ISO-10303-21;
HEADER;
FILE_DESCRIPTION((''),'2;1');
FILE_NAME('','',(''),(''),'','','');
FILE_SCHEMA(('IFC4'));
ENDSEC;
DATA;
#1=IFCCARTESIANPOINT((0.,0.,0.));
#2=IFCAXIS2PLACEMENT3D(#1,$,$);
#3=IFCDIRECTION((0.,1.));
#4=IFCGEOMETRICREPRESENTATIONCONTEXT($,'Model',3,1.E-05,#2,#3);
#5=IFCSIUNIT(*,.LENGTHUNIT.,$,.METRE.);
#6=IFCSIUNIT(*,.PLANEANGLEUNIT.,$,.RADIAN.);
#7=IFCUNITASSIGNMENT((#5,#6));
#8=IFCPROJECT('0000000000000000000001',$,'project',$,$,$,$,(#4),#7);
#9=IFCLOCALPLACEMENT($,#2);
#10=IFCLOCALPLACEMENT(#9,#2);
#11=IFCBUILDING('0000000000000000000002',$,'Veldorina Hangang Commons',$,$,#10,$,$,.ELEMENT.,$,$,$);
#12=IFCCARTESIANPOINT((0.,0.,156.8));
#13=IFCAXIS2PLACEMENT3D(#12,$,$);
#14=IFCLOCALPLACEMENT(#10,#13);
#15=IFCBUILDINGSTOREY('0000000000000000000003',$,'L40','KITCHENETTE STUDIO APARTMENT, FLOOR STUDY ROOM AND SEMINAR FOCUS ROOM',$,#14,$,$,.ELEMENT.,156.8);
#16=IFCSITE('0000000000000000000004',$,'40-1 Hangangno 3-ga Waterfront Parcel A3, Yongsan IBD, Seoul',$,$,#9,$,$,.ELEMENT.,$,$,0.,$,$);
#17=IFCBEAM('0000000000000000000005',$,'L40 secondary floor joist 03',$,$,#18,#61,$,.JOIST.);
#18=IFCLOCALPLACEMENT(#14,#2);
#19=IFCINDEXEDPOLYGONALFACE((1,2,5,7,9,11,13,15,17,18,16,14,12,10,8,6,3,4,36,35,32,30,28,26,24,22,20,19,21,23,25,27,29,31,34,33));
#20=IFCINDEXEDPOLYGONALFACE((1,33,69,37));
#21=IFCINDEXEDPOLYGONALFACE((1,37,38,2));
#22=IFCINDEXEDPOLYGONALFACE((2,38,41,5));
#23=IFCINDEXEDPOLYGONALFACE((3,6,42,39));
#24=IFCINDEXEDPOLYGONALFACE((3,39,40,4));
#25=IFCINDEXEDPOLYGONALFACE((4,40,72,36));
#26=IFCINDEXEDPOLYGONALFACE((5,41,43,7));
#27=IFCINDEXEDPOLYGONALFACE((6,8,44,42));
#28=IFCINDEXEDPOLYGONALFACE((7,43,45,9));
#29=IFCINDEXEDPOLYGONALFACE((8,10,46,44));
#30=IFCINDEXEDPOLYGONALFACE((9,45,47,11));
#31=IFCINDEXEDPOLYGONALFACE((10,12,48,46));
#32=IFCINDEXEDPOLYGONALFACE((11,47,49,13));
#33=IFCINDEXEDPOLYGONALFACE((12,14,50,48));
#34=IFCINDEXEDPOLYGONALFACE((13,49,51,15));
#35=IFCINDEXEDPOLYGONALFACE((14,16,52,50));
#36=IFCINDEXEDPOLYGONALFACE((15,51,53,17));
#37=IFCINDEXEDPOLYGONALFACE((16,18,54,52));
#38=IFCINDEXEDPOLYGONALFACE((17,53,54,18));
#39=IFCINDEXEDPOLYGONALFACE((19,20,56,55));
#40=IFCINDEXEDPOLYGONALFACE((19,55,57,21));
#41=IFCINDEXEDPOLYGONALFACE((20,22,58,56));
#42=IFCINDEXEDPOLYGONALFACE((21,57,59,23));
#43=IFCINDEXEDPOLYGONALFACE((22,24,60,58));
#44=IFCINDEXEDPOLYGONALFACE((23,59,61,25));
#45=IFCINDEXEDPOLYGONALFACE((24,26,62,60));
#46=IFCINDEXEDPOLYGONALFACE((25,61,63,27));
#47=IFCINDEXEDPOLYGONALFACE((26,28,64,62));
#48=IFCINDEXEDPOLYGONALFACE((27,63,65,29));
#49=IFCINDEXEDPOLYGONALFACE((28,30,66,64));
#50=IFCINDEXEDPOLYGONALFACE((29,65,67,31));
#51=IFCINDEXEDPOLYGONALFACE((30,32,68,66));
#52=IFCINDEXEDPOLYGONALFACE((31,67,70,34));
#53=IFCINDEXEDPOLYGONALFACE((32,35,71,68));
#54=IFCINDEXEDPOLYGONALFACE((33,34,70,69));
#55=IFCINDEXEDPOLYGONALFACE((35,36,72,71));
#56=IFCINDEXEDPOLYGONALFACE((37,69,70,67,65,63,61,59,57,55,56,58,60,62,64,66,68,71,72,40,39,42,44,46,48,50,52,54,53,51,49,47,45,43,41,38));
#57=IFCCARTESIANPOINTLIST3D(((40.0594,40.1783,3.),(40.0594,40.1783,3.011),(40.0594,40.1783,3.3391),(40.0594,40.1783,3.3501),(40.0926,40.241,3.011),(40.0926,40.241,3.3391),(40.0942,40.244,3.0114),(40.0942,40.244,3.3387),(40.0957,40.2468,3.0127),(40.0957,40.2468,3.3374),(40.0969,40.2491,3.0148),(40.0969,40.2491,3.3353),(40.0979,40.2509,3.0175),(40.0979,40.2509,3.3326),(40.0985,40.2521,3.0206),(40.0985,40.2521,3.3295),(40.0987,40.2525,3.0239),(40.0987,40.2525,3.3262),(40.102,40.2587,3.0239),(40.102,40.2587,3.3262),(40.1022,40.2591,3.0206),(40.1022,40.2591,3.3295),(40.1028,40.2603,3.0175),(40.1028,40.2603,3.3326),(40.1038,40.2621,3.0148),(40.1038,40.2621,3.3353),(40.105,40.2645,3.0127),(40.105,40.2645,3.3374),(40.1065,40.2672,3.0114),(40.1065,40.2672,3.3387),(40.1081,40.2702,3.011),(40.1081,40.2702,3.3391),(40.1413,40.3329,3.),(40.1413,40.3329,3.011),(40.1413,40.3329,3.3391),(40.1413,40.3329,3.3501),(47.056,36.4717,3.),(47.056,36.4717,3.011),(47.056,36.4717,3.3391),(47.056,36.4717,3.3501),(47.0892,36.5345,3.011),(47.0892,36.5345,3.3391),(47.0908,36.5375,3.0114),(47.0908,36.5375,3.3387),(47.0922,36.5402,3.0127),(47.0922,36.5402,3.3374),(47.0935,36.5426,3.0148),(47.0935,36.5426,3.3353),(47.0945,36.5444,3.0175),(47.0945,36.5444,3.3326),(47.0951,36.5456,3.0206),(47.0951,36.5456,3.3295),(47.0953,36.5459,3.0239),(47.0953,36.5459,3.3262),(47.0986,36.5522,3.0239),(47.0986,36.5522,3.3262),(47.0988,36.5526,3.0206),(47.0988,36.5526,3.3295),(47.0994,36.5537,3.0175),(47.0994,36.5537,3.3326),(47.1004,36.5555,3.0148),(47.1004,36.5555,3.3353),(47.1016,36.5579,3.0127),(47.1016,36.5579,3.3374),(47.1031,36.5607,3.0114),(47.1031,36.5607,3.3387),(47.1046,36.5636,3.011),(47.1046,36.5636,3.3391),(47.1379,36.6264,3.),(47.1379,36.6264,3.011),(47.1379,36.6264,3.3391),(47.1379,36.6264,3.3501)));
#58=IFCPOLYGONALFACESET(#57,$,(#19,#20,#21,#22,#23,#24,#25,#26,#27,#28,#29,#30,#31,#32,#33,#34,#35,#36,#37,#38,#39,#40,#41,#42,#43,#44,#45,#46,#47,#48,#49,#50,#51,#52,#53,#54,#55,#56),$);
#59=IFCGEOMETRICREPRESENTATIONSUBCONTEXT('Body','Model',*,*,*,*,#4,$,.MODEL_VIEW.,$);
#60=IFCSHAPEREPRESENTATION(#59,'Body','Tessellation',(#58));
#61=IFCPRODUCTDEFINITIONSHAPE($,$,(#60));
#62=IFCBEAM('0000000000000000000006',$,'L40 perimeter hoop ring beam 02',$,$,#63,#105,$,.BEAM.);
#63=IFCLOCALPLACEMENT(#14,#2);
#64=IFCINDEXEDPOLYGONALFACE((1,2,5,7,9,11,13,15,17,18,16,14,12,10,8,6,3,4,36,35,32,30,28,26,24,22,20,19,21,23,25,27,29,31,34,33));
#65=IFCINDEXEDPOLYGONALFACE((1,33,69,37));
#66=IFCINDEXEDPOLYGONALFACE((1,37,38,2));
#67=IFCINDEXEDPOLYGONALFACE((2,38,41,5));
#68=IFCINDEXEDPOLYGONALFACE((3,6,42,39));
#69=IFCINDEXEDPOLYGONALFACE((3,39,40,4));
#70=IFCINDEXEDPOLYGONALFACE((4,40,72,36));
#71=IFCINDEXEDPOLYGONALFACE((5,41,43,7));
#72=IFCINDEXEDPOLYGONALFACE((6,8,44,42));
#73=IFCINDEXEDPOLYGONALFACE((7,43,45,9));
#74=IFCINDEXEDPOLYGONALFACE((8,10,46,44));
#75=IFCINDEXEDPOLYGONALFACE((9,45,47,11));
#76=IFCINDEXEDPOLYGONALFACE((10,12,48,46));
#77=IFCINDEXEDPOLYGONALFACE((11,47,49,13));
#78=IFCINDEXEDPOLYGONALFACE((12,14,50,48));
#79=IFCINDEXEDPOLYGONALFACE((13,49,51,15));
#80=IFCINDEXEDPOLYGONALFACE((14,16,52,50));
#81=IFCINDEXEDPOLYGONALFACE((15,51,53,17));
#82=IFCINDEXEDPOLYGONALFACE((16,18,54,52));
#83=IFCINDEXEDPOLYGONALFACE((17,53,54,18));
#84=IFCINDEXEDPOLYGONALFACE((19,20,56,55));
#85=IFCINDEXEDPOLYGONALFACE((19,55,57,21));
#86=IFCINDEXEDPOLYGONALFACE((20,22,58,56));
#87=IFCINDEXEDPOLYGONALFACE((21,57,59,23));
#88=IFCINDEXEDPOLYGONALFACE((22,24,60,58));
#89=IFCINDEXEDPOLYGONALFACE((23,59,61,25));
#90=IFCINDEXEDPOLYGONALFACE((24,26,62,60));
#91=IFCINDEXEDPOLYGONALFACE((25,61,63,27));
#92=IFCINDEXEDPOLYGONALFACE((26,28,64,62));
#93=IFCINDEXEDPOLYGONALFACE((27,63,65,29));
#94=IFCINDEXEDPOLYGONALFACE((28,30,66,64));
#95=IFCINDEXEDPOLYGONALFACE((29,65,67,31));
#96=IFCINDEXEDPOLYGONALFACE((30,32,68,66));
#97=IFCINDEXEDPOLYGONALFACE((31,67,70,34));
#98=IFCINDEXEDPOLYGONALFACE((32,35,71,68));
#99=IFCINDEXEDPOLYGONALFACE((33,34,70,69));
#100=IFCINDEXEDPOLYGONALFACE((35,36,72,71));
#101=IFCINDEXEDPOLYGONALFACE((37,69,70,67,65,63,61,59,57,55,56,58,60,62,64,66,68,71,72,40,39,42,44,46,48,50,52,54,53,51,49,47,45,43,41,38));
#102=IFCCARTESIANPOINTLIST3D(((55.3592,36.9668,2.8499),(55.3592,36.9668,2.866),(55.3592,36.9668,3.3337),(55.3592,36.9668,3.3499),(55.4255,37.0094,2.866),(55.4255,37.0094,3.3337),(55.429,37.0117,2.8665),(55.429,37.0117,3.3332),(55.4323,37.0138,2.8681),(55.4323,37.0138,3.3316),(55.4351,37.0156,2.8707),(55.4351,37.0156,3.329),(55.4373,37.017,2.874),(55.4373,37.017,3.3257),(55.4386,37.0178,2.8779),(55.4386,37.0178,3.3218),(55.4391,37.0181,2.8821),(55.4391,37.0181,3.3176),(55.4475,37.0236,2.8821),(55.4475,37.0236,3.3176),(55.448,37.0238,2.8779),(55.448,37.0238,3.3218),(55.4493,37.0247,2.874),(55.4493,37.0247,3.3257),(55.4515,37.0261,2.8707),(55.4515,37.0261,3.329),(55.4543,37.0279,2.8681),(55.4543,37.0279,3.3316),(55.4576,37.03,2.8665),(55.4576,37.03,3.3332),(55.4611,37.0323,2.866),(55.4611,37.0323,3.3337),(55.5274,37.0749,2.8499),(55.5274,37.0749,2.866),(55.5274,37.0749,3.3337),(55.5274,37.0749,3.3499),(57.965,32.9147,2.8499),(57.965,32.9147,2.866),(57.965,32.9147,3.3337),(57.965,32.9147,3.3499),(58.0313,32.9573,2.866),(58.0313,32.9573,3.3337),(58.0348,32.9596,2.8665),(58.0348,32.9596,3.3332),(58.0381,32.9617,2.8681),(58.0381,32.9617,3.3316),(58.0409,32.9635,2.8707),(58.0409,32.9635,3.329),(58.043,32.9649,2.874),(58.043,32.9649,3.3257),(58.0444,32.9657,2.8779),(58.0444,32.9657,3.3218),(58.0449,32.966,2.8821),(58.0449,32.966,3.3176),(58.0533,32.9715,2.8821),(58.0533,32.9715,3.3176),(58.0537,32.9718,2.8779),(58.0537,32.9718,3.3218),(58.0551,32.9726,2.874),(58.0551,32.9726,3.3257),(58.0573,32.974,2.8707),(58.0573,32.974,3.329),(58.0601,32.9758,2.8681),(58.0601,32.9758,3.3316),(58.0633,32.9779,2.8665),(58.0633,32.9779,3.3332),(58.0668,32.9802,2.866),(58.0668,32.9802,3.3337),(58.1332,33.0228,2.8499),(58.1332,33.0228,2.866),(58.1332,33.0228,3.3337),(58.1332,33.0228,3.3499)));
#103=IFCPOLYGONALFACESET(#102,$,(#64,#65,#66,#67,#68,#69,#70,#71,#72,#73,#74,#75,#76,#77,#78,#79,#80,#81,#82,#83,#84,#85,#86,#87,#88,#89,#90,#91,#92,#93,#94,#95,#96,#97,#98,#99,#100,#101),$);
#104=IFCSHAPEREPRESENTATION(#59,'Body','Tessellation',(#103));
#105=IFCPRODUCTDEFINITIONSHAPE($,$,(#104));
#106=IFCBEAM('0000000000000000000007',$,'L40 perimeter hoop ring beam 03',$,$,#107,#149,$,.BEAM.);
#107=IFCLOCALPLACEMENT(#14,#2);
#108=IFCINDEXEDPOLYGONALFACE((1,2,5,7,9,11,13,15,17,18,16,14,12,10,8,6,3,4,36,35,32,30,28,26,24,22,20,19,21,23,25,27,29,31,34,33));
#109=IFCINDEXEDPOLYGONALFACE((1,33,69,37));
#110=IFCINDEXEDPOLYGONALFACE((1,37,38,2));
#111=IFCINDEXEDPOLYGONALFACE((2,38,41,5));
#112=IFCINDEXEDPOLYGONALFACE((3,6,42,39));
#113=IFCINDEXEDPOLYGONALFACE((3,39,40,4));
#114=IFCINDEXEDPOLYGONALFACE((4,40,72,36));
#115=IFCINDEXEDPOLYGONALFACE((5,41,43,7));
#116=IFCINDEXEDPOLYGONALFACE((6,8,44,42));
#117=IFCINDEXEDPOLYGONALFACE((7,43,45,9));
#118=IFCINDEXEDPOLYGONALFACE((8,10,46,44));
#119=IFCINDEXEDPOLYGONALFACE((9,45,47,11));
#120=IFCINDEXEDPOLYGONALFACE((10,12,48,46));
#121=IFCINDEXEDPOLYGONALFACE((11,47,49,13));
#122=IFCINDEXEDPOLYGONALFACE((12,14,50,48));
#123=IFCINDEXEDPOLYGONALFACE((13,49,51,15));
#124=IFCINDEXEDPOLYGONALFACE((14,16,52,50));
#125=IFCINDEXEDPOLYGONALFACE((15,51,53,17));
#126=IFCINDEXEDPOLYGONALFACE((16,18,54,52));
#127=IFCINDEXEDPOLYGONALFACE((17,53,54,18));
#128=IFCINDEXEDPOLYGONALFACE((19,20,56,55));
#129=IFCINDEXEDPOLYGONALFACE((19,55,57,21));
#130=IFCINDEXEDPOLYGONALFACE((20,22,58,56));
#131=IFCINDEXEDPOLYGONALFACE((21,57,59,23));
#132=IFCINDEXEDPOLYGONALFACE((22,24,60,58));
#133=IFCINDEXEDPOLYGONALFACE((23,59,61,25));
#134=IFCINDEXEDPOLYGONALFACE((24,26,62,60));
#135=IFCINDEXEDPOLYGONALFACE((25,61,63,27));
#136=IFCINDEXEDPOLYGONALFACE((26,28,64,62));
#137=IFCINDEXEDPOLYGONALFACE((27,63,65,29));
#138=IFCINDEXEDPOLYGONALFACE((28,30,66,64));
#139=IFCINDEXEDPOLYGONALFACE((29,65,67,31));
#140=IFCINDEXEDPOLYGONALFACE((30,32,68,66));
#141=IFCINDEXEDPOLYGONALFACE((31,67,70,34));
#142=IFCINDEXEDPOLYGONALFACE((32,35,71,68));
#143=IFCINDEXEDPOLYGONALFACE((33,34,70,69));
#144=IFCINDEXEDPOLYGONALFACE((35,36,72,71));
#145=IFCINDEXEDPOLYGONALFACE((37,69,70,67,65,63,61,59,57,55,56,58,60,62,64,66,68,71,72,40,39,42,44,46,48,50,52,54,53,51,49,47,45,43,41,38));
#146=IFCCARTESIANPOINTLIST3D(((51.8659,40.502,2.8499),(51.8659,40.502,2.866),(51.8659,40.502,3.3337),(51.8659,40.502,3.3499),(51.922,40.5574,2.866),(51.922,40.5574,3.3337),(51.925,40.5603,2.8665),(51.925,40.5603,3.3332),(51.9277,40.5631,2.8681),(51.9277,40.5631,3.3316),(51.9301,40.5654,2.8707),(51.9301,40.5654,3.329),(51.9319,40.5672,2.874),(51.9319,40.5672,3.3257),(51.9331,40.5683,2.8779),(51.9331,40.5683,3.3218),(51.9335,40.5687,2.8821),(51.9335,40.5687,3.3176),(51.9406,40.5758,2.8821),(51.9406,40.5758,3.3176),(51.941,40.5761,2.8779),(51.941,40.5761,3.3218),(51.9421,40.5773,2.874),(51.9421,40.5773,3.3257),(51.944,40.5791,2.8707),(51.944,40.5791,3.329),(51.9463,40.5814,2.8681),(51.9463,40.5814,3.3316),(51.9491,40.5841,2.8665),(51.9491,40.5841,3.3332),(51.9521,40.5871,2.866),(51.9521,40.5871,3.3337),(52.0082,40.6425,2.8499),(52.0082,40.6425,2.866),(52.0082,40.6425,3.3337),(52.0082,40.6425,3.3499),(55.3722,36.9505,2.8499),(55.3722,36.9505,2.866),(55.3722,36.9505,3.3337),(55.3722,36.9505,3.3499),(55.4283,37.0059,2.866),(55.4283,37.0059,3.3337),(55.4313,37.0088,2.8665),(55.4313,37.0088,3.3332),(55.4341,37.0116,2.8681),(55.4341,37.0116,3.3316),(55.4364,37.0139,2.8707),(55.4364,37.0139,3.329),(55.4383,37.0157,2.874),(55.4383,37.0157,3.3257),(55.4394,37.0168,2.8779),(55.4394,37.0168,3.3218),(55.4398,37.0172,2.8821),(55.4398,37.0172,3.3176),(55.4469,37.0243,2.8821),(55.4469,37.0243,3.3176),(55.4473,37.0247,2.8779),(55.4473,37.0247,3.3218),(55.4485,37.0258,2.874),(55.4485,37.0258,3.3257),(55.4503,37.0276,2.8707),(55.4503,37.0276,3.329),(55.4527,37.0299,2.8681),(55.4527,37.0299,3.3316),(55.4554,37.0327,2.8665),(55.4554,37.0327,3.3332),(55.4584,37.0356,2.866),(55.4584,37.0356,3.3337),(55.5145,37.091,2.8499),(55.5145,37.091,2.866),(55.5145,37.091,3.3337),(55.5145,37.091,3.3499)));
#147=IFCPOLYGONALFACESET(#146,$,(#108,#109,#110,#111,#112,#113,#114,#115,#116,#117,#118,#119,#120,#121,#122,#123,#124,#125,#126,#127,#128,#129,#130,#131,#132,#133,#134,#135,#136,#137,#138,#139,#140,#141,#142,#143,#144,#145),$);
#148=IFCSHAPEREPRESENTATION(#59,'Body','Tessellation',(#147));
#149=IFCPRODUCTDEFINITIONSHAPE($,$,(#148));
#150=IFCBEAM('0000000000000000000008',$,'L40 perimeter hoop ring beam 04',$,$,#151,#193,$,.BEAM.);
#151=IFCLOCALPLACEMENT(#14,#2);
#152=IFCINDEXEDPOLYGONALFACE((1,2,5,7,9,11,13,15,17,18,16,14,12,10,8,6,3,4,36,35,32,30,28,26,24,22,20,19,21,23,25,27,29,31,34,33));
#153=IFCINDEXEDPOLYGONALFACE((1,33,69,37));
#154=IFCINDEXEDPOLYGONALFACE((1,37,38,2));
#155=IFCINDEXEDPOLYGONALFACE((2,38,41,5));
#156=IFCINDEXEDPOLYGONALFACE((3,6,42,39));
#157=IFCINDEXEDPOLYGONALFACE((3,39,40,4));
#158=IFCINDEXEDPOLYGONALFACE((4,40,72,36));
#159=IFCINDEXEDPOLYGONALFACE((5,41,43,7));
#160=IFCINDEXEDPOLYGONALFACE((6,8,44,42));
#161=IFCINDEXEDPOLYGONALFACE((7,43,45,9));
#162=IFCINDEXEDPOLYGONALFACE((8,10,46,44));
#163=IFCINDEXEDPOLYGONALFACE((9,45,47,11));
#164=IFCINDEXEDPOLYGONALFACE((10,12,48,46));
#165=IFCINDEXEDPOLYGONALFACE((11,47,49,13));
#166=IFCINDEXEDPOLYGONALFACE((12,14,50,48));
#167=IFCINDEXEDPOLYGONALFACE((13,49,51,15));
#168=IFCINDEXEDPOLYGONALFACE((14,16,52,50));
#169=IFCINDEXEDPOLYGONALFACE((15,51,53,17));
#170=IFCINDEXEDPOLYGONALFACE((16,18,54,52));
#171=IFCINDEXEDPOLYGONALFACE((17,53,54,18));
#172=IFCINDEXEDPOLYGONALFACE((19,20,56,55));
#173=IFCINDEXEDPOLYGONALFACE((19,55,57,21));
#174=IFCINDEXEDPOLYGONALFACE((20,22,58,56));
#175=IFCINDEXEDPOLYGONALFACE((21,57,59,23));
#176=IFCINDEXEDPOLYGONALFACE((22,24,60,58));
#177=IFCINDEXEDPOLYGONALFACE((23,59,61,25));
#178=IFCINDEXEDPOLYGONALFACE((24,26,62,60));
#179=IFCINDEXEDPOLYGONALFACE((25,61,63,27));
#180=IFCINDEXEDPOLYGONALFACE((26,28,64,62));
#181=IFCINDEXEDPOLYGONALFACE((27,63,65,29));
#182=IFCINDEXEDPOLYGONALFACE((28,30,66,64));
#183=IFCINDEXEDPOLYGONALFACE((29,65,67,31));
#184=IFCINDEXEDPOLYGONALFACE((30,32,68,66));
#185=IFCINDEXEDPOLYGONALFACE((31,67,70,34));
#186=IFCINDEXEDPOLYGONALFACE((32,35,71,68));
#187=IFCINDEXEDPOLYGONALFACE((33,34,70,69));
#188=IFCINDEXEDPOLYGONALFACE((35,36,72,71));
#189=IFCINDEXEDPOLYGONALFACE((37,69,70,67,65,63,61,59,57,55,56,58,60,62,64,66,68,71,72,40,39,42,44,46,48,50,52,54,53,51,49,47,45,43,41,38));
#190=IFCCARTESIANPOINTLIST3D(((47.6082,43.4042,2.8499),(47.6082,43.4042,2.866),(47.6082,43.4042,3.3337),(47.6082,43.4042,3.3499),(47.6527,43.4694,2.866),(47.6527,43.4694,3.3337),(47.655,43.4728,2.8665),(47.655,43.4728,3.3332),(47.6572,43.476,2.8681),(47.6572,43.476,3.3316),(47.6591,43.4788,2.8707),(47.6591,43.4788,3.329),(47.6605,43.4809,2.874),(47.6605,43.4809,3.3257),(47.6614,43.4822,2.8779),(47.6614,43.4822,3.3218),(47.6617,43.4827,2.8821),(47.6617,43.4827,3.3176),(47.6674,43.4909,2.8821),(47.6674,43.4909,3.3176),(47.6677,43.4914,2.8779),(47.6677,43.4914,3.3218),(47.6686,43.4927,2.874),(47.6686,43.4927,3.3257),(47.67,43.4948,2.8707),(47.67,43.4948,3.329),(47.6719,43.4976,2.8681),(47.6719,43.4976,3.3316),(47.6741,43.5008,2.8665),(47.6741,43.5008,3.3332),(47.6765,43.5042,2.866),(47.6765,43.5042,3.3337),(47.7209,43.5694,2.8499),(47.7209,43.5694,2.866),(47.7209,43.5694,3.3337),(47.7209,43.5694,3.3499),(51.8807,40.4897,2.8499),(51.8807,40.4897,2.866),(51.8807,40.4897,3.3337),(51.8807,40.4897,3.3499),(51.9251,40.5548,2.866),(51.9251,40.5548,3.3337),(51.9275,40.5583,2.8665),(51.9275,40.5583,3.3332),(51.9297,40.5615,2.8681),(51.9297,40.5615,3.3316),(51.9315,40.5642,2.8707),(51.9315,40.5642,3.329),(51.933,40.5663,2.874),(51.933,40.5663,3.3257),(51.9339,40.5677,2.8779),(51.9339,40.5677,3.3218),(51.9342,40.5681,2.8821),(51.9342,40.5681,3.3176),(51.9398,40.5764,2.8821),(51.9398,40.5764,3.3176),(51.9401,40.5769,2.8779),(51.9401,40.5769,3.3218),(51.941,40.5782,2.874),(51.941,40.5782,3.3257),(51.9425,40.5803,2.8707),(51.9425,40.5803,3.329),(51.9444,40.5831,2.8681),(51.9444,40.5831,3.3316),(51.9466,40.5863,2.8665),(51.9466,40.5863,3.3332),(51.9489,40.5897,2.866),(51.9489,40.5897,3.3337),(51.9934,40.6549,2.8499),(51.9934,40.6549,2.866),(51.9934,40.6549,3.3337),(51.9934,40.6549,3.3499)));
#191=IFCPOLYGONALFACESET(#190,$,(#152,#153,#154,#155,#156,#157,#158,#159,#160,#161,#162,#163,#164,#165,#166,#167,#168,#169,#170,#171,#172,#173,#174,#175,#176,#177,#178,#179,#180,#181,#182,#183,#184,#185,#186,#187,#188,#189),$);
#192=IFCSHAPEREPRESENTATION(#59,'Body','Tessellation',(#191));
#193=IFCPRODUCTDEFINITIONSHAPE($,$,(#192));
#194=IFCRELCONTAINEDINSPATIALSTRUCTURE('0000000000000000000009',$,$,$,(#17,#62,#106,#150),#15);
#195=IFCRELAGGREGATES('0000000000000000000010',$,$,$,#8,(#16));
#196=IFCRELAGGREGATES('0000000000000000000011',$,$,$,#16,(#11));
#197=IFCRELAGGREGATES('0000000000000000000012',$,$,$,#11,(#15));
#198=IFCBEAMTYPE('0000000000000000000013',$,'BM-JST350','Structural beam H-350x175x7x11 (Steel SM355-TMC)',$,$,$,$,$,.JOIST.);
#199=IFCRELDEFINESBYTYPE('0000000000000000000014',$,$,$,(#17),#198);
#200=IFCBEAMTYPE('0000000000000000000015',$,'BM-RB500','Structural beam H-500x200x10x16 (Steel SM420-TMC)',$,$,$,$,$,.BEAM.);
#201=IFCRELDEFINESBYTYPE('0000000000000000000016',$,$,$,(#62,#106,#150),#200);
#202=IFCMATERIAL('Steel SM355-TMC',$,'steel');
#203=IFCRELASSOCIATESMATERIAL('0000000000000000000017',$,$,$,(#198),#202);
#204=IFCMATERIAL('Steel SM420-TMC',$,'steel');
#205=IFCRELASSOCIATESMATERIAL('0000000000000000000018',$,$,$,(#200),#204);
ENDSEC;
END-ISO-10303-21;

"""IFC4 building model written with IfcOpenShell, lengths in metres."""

from ifc_helpers import new_model, si_unit, direction, frame, origin, origin_2d, place, context, subcontext, project, spatial, i_section, extrude, material, material_profile, profile_set, type_object, element, save


model = new_model("IFC4")

# Units and contexts
model_context = context("Model", 3, precision=1e-05, world=origin(), true_north=direction((0.0, 1.0)))
body_context = subcontext(model_context, "Body", "Model", "MODEL_VIEW")
ifc_project = project(units=[si_unit("LENGTHUNIT", "METRE"), si_unit("PLANEANGLEUNIT", "RADIAN")], contexts=[model_context])

# Site, building, storey
site_placement = place(None, origin())
site = spatial("IfcSite", under=ifc_project, at=site_placement, Name="40-1 Hangangno 3-ga Waterfront Parcel A3, Yongsan IBD, Seoul", CompositionType="ELEMENT", RefElevation=0.0)
building_placement = place(site_placement, origin())
building = spatial("IfcBuilding", under=site, at=building_placement, Name="Veldorina Hangang Commons", CompositionType="ELEMENT")
storey_placement = place(building_placement, frame((0.0, 0.0, 156.8)))
storey = spatial("IfcBuildingStorey", under=building, at=storey_placement, Name="L40", Description="KITCHENETTE STUDIO APARTMENT, FLOOR STUDY ROOM AND SEMINAR FOCUS ROOM", CompositionType="ELEMENT", Elevation=156.8)

# Beams
ifc_material_1 = material(Name="Steel SM355-TMC", Category="steel")
ifc_material_profile_1 = material_profile(ifc_material_1, i_section(OverallWidth=0.175, OverallDepth=0.3501, WebThickness=0.0071, FlangeThickness=0.011, FilletRadius=0.0129, at=origin_2d()), Name="H-350x175x7x11")
ifc_profile_set_1 = profile_set([ifc_material_profile_1], Name="Steel SM355-TMC")
beam_type_1 = type_object("IfcBeamType", Name="BM-JST350", Description="Structural beam H-350x175x7x11 (Steel SM355-TMC)", PredefinedType="JOIST", material=ifc_profile_set_1)
beam_1_placement = place(storey_placement, frame((47.0969, 36.5491, 3.175), z_axis=(-0.883659, 0.468131, 0.0), x_axis=(-0.468131, -0.883659, 0.0)))
element("IfcBeam", 1, at=beam_1_placement, inside=storey, type_object=beam_type_1, Name="L40 secondary floor joist 03", PredefinedType="JOIST", context=body_context, shape_type="SweptSolid", body=[
    extrude(i_section(OverallWidth=0.175, OverallDepth=0.3501, WebThickness=0.0071, FlangeThickness=0.011, FilletRadius=0.0129, at=origin_2d()), origin(), (0.0, 0.0, 1.0), 7.9177),
])
ifc_material_2 = material(Name="Steel SM420-TMC", Category="steel")
ifc_material_profile_2 = material_profile(ifc_material_2, i_section(OverallWidth=0.2, OverallDepth=0.5, WebThickness=0.01, FlangeThickness=0.0161, FilletRadius=0.0161, at=origin_2d()), Name="H-500x200x10x16")
ifc_profile_set_2 = profile_set([ifc_material_profile_2], Name="Steel SM420-TMC")
beam_type_2 = type_object("IfcBeamType", Name="BM-RB500", Description="Structural beam H-500x200x10x16 (Steel SM420-TMC)", PredefinedType="BEAM", material=ifc_profile_set_2)
beam_2_placement = place(storey_placement, frame((58.0491, 32.9688, 3.0999), z_axis=(-0.540883, 0.841098, 0.0), x_axis=(-0.841098, -0.540883, 0.0)))
element("IfcBeam", 2, at=beam_2_placement, inside=storey, type_object=beam_type_2, Name="L40 perimeter hoop ring beam 02", PredefinedType="BEAM", context=body_context, shape_type="SweptSolid", body=[
    extrude(i_section(OverallWidth=0.2, OverallDepth=0.5, WebThickness=0.01, FlangeThickness=0.0161, FilletRadius=0.0161, at=origin_2d()), origin(), (0.0, 0.0, 1.0), 4.8176),
])
beam_3_placement = place(storey_placement, frame((55.4434, 37.0208, 3.0999), z_axis=(-0.702567, 0.711617, 0.0), x_axis=(-0.711617, -0.702567, 0.0)))
element("IfcBeam", 3, at=beam_3_placement, inside=storey, type_object=beam_type_2, Name="L40 perimeter hoop ring beam 03", PredefinedType="BEAM", context=body_context, shape_type="SweptSolid", body=[
    extrude(i_section(OverallWidth=0.2, OverallDepth=0.5, WebThickness=0.01, FlangeThickness=0.0161, FilletRadius=0.0161, at=origin_2d()), origin(), (0.0, 0.0, 1.0), 4.9907),
])
beam_4_placement = place(storey_placement, frame((51.937, 40.5723, 3.0999), z_axis=(-0.826091, 0.563536, 0.0), x_axis=(-0.563536, -0.826091, 0.0)))
element("IfcBeam", 4, at=beam_4_placement, inside=storey, type_object=beam_type_2, Name="L40 perimeter hoop ring beam 04", PredefinedType="BEAM", context=body_context, shape_type="SweptSolid", body=[
    extrude(i_section(OverallWidth=0.2, OverallDepth=0.5, WebThickness=0.01, FlangeThickness=0.0161, FilletRadius=0.0161, at=origin_2d()), origin(), (0.0, 0.0, 1.0), 5.1719),
])

save(model, "model.ifc")
